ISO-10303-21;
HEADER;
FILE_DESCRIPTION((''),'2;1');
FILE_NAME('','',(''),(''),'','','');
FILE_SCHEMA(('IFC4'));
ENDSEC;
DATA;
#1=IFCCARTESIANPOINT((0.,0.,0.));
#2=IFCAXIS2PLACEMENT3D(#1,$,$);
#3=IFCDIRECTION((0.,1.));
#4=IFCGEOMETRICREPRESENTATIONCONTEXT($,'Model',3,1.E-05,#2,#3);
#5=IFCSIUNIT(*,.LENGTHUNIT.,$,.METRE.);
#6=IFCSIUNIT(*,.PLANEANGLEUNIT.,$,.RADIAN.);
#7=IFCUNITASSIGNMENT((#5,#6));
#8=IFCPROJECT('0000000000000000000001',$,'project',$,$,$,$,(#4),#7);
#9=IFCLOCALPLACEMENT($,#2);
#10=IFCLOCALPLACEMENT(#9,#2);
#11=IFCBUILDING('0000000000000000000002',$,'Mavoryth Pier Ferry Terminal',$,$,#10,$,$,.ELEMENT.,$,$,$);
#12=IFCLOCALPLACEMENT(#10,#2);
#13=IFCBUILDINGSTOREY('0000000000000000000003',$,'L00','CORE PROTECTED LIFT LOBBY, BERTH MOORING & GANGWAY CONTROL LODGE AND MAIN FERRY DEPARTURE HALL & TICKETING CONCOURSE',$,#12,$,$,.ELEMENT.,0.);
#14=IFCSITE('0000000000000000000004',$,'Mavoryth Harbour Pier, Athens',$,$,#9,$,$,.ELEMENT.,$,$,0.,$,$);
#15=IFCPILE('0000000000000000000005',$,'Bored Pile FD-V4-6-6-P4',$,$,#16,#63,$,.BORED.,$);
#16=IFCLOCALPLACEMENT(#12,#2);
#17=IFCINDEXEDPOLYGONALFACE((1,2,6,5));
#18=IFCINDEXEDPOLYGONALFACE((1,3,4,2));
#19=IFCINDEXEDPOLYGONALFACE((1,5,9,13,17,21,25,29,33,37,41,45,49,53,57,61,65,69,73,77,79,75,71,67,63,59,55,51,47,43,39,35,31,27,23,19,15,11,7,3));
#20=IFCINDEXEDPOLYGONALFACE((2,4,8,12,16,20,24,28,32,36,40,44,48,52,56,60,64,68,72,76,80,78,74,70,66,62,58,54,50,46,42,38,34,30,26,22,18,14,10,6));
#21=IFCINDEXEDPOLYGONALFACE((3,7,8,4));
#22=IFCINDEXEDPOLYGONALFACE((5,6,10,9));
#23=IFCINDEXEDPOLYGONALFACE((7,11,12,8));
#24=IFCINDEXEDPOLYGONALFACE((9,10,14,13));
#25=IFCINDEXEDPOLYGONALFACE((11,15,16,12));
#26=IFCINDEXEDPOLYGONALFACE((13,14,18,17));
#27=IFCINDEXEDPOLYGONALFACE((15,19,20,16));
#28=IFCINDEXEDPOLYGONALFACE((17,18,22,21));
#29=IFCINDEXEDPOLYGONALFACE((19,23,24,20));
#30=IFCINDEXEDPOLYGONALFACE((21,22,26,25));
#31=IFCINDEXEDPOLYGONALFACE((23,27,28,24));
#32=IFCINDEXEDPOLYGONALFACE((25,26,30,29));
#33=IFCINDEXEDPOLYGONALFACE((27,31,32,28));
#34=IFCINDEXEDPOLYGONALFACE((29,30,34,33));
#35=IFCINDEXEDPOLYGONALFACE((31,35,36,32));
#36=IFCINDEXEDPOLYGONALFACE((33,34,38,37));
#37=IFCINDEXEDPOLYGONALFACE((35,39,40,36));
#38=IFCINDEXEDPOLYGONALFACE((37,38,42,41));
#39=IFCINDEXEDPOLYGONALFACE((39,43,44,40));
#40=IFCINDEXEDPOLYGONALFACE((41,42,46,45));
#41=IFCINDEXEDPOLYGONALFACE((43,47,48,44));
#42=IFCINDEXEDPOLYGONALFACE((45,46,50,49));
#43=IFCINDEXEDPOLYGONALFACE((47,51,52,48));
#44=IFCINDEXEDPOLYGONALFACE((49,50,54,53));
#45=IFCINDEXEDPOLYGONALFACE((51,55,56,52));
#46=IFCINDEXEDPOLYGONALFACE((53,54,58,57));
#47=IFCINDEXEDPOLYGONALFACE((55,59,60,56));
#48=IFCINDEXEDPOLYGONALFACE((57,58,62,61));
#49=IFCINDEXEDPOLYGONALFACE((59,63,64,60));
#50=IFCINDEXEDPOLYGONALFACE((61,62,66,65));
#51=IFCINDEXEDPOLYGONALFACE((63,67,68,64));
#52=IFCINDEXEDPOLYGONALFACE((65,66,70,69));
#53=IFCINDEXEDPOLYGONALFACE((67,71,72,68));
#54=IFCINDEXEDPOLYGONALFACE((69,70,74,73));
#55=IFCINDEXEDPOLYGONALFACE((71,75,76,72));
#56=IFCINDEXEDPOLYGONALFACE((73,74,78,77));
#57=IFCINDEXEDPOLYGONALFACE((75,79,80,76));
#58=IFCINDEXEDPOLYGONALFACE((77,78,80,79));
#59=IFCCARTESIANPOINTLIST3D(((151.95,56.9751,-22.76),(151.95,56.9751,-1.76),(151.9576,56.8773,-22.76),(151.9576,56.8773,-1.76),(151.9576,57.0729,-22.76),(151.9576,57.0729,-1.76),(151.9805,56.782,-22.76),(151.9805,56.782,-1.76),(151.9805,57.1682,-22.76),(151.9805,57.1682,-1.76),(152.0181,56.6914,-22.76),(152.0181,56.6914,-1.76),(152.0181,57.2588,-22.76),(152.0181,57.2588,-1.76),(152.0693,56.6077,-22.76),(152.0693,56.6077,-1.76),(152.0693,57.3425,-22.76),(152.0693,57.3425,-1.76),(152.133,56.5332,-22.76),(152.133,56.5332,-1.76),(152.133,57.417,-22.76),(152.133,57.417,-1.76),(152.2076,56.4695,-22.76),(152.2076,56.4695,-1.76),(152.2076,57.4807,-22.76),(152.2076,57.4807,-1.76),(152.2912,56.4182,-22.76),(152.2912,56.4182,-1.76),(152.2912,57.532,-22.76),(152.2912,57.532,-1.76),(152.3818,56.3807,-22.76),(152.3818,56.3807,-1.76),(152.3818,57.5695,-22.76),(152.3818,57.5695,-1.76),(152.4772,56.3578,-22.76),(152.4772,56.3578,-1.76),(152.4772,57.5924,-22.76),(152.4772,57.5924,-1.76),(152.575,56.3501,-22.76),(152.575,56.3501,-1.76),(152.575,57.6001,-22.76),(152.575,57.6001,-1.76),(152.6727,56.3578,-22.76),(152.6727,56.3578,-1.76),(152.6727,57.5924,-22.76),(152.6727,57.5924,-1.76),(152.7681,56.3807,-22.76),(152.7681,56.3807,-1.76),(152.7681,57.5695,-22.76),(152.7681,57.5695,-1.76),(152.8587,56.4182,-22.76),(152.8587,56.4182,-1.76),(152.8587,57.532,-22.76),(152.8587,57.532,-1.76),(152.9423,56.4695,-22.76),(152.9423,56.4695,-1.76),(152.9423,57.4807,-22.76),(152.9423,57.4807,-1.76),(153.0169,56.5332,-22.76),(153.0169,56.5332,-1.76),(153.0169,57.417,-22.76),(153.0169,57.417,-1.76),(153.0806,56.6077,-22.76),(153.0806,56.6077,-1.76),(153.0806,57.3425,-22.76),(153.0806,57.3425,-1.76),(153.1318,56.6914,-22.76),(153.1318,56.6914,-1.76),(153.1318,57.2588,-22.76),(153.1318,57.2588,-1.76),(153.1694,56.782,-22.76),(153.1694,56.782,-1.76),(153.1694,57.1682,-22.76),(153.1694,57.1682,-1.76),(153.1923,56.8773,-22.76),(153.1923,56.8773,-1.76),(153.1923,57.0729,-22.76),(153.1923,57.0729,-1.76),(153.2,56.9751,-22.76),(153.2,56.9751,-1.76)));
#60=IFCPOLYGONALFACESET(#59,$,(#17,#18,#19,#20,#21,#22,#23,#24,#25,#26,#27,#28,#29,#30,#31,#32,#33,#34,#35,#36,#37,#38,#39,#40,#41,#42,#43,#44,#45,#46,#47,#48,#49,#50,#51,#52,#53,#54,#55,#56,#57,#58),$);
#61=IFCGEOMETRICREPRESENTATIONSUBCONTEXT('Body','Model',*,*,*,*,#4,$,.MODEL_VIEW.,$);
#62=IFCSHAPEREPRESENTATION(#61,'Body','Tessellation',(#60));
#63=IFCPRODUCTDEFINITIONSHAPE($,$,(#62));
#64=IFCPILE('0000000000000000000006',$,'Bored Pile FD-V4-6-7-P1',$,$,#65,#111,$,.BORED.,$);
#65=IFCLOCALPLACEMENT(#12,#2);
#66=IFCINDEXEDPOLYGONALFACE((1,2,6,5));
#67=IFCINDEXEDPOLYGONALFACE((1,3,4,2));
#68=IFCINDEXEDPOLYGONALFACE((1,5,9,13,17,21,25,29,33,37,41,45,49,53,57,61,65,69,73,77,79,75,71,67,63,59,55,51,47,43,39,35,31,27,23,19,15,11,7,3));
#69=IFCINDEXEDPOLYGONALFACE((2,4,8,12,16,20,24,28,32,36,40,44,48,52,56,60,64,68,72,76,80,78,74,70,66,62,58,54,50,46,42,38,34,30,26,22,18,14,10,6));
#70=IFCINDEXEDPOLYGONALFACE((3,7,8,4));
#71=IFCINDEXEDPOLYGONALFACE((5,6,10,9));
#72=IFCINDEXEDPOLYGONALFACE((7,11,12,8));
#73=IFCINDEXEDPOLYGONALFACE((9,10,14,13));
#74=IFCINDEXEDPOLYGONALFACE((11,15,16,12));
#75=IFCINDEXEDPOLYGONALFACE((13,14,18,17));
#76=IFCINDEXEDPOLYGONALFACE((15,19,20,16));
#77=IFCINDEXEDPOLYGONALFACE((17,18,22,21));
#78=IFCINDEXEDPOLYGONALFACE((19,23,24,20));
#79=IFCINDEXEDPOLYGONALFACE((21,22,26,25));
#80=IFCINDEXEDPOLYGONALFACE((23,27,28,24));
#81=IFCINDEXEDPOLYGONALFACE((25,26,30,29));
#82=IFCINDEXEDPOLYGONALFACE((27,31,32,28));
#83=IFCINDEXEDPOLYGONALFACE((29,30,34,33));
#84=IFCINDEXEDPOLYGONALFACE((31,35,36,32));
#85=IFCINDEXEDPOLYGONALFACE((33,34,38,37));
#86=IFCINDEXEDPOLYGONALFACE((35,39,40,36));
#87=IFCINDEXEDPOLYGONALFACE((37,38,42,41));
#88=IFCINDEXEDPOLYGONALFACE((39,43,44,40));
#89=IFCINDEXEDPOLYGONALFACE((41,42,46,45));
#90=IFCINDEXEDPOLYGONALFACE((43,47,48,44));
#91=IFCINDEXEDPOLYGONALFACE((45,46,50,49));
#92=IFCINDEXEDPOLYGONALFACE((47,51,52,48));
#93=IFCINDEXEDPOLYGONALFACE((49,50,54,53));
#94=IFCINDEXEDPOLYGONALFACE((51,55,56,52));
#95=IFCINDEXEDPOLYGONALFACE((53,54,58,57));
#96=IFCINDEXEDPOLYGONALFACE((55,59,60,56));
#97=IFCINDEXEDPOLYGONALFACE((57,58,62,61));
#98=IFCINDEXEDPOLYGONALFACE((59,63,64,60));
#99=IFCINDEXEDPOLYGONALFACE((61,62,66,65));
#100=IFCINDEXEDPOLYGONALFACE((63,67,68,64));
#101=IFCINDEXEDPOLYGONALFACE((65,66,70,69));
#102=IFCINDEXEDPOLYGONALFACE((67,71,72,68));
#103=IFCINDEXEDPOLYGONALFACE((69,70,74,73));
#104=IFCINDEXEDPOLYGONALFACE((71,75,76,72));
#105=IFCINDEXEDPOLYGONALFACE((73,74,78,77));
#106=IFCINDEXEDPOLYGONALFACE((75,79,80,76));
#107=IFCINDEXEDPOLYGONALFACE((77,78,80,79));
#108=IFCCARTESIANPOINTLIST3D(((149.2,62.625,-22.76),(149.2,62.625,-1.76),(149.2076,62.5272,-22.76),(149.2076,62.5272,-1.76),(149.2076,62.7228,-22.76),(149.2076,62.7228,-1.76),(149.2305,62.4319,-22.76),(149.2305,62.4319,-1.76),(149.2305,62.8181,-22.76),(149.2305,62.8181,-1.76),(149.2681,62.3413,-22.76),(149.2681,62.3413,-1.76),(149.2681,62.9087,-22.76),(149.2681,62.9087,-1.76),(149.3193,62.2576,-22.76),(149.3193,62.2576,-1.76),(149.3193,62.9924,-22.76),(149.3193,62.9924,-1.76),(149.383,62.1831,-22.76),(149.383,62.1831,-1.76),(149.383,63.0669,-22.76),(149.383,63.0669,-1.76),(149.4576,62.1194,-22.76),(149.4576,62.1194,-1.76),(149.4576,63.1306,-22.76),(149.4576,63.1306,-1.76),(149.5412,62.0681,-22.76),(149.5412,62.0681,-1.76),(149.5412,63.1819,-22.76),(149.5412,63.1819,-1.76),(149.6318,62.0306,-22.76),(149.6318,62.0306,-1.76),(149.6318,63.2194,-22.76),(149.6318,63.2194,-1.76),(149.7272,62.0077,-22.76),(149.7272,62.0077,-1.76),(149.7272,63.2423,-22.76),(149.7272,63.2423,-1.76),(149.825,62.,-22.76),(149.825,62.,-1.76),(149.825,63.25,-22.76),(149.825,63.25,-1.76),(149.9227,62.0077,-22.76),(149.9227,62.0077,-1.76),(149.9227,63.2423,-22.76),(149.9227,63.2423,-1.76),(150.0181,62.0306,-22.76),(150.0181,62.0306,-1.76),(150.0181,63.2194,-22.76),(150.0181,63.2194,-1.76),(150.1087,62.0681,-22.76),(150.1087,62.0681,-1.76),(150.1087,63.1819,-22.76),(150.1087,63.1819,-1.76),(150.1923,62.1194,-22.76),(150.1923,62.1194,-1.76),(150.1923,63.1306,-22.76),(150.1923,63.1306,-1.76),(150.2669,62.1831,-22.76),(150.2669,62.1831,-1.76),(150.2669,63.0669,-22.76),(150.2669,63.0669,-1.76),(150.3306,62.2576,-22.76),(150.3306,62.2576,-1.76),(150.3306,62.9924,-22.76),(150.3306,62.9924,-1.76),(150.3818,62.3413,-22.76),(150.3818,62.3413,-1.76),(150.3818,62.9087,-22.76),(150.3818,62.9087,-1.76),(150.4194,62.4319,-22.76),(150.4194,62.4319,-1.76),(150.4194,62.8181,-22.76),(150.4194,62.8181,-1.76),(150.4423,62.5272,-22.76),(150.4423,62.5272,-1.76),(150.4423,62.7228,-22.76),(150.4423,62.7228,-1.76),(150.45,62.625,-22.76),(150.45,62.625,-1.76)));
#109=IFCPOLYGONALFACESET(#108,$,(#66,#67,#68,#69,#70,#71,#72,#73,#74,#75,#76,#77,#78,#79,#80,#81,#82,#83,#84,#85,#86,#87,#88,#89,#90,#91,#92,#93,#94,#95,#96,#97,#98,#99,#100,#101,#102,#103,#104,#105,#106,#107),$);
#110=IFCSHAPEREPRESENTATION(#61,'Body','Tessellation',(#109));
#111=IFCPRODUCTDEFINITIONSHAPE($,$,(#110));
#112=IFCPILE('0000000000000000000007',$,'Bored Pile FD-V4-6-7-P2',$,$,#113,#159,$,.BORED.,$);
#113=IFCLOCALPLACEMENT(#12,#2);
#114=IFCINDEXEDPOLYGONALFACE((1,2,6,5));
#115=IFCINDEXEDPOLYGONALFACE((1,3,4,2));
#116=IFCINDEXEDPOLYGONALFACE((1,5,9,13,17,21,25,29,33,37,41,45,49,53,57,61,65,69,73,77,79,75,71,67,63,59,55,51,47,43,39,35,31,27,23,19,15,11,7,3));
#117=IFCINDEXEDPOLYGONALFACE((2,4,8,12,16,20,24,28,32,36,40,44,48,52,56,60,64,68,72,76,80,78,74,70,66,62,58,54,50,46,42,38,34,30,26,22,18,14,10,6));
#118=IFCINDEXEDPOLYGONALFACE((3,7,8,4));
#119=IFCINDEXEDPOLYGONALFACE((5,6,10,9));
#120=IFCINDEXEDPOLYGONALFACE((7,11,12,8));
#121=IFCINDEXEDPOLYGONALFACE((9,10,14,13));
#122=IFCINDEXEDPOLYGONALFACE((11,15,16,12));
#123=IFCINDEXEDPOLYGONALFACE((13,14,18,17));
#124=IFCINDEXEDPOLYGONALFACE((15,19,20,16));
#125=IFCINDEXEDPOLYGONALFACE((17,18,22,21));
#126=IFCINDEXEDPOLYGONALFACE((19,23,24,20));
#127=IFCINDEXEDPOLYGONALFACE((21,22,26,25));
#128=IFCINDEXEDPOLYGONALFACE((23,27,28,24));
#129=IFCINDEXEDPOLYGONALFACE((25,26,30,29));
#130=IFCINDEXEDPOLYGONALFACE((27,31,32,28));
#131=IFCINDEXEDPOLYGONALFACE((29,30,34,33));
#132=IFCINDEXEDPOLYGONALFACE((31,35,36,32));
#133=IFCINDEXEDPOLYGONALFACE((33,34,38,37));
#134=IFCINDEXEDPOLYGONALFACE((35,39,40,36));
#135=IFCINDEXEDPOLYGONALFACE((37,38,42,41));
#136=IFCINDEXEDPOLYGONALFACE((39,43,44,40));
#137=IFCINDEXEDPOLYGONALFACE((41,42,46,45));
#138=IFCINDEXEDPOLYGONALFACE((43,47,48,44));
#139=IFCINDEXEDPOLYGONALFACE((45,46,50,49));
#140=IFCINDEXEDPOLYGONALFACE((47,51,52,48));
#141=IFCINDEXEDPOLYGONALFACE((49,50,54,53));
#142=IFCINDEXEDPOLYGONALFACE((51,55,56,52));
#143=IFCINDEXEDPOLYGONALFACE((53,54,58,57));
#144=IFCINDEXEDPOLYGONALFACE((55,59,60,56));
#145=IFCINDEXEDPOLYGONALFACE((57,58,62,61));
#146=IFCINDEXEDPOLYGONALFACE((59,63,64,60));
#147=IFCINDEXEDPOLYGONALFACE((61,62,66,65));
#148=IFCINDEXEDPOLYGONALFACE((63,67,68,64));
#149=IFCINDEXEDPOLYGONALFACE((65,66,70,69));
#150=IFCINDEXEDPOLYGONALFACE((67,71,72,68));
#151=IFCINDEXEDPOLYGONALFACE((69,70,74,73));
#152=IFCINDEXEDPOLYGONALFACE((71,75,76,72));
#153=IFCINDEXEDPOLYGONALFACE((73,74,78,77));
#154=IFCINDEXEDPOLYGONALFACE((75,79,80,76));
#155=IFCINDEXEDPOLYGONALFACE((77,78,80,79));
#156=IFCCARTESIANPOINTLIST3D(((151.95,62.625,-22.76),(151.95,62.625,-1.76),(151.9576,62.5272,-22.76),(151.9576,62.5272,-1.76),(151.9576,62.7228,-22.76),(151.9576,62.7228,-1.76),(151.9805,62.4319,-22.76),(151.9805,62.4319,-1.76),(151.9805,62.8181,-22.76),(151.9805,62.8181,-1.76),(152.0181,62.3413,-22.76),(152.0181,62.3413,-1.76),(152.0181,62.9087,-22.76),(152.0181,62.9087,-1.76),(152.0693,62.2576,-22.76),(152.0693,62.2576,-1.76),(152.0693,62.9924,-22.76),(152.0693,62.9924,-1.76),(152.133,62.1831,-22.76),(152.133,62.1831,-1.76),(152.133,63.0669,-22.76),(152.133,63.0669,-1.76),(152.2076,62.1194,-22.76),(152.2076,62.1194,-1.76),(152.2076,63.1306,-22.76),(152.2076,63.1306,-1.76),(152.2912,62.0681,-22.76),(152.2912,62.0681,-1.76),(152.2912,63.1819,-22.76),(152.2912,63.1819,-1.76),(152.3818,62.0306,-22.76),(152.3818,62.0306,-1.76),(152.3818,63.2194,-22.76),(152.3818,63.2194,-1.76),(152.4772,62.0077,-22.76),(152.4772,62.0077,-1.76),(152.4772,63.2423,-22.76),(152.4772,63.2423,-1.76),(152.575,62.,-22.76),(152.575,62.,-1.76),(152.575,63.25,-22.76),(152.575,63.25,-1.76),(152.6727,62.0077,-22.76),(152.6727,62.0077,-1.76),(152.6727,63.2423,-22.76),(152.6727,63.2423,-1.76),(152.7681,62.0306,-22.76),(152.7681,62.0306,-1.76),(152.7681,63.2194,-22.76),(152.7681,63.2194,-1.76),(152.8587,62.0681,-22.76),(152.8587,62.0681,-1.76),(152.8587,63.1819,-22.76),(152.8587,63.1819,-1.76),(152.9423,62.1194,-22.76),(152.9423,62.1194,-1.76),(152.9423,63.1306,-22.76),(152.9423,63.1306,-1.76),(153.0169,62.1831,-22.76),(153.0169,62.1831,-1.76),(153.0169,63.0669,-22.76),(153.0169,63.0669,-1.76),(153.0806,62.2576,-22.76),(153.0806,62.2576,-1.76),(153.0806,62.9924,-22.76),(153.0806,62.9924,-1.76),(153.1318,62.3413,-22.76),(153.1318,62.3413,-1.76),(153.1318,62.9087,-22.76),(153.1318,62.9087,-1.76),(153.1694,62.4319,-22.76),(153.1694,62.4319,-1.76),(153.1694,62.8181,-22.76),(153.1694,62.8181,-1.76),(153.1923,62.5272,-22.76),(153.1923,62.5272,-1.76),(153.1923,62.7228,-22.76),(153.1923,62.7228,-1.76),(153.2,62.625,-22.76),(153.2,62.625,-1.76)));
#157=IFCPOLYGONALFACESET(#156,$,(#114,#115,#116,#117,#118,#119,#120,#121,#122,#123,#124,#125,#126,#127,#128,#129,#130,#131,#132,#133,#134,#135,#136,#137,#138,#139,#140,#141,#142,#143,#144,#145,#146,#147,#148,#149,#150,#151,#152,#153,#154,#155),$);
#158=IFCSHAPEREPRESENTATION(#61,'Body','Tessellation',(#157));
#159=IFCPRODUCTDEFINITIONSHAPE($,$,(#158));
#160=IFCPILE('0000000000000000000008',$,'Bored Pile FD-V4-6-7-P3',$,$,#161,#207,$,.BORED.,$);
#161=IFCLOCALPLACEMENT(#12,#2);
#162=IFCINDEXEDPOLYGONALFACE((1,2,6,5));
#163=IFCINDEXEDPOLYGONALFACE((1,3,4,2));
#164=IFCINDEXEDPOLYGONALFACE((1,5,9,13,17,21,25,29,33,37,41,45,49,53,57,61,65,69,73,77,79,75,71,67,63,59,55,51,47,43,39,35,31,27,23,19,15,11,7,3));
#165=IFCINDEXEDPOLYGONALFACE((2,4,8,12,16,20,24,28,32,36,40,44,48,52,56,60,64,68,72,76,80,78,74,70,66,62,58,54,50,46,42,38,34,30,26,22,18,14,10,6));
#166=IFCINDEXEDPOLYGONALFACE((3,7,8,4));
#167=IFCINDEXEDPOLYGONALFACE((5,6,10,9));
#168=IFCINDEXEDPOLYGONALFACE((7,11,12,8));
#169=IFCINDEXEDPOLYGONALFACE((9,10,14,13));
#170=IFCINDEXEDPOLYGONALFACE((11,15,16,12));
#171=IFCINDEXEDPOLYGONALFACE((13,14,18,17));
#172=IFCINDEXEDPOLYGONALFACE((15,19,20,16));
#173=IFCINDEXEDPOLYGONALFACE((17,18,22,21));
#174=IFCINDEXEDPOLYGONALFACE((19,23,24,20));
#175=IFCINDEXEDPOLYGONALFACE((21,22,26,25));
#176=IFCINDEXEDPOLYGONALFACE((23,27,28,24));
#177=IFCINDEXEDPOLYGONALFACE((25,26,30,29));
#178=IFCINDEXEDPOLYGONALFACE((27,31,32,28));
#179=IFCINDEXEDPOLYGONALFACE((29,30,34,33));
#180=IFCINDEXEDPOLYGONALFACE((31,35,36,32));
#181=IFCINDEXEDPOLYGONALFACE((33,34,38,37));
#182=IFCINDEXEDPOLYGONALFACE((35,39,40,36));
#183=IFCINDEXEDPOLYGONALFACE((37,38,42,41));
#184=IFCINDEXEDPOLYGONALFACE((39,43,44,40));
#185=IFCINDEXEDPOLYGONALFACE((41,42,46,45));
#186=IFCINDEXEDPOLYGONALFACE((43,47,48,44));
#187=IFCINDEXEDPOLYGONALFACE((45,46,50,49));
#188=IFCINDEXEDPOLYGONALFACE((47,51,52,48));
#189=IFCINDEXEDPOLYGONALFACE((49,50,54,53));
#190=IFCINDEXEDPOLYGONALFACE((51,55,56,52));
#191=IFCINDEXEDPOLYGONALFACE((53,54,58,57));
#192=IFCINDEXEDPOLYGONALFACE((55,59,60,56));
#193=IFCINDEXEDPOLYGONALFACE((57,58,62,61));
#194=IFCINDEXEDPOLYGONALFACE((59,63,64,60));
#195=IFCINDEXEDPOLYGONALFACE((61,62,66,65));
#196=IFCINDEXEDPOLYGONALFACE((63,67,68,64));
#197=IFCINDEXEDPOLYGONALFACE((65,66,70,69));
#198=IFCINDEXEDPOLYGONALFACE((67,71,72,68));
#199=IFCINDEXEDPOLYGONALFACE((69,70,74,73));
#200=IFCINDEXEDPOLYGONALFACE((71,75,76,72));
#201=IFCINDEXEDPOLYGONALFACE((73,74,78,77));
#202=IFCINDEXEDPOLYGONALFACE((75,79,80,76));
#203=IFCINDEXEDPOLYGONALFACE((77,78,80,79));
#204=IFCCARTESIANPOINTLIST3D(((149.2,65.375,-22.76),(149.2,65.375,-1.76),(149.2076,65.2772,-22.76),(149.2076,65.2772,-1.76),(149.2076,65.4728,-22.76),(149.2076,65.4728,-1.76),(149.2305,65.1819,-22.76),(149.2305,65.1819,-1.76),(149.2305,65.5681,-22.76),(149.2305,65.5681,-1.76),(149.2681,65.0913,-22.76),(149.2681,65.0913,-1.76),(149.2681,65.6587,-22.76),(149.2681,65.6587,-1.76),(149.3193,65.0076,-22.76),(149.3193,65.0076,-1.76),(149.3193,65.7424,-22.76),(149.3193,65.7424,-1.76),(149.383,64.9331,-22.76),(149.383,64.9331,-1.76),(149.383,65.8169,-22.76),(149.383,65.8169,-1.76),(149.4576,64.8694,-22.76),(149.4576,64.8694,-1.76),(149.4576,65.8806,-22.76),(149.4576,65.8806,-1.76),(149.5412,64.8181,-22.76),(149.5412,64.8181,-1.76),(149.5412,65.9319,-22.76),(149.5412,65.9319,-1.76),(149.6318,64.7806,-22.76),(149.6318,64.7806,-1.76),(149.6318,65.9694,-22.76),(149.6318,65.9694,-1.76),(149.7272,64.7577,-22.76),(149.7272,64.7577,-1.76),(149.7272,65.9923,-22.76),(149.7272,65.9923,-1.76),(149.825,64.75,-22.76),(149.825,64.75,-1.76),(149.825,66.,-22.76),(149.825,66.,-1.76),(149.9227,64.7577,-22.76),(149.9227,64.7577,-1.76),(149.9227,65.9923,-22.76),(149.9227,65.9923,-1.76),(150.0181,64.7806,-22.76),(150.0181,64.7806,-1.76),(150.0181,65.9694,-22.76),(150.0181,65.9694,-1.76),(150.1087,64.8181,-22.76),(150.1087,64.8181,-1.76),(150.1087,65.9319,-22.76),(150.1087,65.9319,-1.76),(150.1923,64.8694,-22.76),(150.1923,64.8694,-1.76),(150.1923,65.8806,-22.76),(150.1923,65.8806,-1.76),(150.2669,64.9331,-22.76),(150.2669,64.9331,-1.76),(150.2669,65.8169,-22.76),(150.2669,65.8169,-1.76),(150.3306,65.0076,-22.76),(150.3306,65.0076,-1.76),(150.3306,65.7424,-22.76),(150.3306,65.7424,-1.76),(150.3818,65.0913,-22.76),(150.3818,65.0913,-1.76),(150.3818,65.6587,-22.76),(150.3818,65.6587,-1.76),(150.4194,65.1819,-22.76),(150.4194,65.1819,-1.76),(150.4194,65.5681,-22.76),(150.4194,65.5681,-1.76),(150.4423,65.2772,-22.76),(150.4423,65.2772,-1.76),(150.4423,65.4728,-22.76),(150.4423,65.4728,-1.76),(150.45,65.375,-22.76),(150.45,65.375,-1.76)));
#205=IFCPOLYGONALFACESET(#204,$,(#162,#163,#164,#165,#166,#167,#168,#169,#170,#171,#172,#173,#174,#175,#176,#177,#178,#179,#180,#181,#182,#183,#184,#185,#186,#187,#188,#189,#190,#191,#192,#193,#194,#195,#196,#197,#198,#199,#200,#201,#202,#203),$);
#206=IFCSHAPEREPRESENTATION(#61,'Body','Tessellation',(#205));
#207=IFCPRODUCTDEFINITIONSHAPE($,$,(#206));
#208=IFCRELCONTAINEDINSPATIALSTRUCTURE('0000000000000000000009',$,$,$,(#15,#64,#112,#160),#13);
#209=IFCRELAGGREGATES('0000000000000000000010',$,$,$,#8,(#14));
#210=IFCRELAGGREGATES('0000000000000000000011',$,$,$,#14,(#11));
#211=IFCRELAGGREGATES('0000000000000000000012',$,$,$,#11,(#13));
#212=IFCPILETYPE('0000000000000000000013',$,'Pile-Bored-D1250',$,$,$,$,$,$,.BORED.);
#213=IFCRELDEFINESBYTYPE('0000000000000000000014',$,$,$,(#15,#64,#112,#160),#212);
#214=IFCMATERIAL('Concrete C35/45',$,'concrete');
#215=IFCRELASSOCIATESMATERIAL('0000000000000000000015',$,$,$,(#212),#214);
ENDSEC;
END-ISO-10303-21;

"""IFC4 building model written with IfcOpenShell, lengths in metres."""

from ifc_helpers import new_model, si_unit, direction, frame, origin, origin_2d, place, context, subcontext, project, spatial, circle, extrude, material, material_profile, profile_set, type_object, element, save


model = new_model("IFC4")

# Units and contexts
model_context = context("Model", 3, precision=1e-05, world=origin(), true_north=direction((0.0, 1.0)))
body_context = subcontext(model_context, "Body", "Model", "MODEL_VIEW")
ifc_project = project(units=[si_unit("LENGTHUNIT", "METRE"), si_unit("PLANEANGLEUNIT", "RADIAN")], contexts=[model_context])

# Site, building, storey
site_placement = place(None, origin())
site = spatial("IfcSite", under=ifc_project, at=site_placement, Name="Mavoryth Harbour Pier, Athens", CompositionType="ELEMENT", RefElevation=0.0)
building_placement = place(site_placement, origin())
building = spatial("IfcBuilding", under=site, at=building_placement, Name="Mavoryth Pier Ferry Terminal", CompositionType="ELEMENT")
storey_placement = place(building_placement, origin())
storey = spatial("IfcBuildingStorey", under=building, at=storey_placement, Name="L00", Description="CORE PROTECTED LIFT LOBBY, BERTH MOORING & GANGWAY CONTROL LODGE AND MAIN FERRY DEPARTURE HALL & TICKETING CONCOURSE", CompositionType="ELEMENT", Elevation=0.0)

# Shared definitions
ifc_material_1 = material(Name="Concrete C35/45", Category="concrete")

# Piles
ifc_material_profile_1 = material_profile(ifc_material_1, circle(Radius=0.625, at=origin_2d()), Name="PILE D1250", Category="concrete")
ifc_profile_set_1 = profile_set([ifc_material_profile_1], Name="Concrete C35/45 - PILE D1250")
pile_type = type_object("IfcPileType", Name="Pile-Bored-D1250", PredefinedType="BORED", material=ifc_profile_set_1)
for number, where, z_axis, x_axis, name in (
    (1, (152.575, 56.9751, -1.76), (0.0, 0.0, -1.0), (1.0, 0.0, 0.0), "Bored Pile FD-V4-6-6-P4"),
    (2, (149.825, 62.625, -1.76), (0.0, 0.0, -1.0), (1.0, 0.0, 0.0), "Bored Pile FD-V4-6-7-P1"),
    (3, (152.575, 62.625, -1.76), (0.0, 0.0, -1.0), (1.0, 0.0, 0.0), "Bored Pile FD-V4-6-7-P2"),
    (4, (149.825, 65.375, -1.76), (0.0, 0.0, -1.0), (1.0, 0.0, 0.0), "Bored Pile FD-V4-6-7-P3"),
):
    element("IfcPile", number, at=place(storey_placement, frame(where, z_axis=z_axis, x_axis=x_axis)), inside=storey, type_object=pile_type, Name=name, PredefinedType="BORED", context=body_context, shape_type="SweptSolid", body=[
        extrude(circle(Radius=0.625, at=origin_2d()), origin(), (0.0, 0.0, 1.0), 21.0),
    ])

save(model, "model.ifc")
